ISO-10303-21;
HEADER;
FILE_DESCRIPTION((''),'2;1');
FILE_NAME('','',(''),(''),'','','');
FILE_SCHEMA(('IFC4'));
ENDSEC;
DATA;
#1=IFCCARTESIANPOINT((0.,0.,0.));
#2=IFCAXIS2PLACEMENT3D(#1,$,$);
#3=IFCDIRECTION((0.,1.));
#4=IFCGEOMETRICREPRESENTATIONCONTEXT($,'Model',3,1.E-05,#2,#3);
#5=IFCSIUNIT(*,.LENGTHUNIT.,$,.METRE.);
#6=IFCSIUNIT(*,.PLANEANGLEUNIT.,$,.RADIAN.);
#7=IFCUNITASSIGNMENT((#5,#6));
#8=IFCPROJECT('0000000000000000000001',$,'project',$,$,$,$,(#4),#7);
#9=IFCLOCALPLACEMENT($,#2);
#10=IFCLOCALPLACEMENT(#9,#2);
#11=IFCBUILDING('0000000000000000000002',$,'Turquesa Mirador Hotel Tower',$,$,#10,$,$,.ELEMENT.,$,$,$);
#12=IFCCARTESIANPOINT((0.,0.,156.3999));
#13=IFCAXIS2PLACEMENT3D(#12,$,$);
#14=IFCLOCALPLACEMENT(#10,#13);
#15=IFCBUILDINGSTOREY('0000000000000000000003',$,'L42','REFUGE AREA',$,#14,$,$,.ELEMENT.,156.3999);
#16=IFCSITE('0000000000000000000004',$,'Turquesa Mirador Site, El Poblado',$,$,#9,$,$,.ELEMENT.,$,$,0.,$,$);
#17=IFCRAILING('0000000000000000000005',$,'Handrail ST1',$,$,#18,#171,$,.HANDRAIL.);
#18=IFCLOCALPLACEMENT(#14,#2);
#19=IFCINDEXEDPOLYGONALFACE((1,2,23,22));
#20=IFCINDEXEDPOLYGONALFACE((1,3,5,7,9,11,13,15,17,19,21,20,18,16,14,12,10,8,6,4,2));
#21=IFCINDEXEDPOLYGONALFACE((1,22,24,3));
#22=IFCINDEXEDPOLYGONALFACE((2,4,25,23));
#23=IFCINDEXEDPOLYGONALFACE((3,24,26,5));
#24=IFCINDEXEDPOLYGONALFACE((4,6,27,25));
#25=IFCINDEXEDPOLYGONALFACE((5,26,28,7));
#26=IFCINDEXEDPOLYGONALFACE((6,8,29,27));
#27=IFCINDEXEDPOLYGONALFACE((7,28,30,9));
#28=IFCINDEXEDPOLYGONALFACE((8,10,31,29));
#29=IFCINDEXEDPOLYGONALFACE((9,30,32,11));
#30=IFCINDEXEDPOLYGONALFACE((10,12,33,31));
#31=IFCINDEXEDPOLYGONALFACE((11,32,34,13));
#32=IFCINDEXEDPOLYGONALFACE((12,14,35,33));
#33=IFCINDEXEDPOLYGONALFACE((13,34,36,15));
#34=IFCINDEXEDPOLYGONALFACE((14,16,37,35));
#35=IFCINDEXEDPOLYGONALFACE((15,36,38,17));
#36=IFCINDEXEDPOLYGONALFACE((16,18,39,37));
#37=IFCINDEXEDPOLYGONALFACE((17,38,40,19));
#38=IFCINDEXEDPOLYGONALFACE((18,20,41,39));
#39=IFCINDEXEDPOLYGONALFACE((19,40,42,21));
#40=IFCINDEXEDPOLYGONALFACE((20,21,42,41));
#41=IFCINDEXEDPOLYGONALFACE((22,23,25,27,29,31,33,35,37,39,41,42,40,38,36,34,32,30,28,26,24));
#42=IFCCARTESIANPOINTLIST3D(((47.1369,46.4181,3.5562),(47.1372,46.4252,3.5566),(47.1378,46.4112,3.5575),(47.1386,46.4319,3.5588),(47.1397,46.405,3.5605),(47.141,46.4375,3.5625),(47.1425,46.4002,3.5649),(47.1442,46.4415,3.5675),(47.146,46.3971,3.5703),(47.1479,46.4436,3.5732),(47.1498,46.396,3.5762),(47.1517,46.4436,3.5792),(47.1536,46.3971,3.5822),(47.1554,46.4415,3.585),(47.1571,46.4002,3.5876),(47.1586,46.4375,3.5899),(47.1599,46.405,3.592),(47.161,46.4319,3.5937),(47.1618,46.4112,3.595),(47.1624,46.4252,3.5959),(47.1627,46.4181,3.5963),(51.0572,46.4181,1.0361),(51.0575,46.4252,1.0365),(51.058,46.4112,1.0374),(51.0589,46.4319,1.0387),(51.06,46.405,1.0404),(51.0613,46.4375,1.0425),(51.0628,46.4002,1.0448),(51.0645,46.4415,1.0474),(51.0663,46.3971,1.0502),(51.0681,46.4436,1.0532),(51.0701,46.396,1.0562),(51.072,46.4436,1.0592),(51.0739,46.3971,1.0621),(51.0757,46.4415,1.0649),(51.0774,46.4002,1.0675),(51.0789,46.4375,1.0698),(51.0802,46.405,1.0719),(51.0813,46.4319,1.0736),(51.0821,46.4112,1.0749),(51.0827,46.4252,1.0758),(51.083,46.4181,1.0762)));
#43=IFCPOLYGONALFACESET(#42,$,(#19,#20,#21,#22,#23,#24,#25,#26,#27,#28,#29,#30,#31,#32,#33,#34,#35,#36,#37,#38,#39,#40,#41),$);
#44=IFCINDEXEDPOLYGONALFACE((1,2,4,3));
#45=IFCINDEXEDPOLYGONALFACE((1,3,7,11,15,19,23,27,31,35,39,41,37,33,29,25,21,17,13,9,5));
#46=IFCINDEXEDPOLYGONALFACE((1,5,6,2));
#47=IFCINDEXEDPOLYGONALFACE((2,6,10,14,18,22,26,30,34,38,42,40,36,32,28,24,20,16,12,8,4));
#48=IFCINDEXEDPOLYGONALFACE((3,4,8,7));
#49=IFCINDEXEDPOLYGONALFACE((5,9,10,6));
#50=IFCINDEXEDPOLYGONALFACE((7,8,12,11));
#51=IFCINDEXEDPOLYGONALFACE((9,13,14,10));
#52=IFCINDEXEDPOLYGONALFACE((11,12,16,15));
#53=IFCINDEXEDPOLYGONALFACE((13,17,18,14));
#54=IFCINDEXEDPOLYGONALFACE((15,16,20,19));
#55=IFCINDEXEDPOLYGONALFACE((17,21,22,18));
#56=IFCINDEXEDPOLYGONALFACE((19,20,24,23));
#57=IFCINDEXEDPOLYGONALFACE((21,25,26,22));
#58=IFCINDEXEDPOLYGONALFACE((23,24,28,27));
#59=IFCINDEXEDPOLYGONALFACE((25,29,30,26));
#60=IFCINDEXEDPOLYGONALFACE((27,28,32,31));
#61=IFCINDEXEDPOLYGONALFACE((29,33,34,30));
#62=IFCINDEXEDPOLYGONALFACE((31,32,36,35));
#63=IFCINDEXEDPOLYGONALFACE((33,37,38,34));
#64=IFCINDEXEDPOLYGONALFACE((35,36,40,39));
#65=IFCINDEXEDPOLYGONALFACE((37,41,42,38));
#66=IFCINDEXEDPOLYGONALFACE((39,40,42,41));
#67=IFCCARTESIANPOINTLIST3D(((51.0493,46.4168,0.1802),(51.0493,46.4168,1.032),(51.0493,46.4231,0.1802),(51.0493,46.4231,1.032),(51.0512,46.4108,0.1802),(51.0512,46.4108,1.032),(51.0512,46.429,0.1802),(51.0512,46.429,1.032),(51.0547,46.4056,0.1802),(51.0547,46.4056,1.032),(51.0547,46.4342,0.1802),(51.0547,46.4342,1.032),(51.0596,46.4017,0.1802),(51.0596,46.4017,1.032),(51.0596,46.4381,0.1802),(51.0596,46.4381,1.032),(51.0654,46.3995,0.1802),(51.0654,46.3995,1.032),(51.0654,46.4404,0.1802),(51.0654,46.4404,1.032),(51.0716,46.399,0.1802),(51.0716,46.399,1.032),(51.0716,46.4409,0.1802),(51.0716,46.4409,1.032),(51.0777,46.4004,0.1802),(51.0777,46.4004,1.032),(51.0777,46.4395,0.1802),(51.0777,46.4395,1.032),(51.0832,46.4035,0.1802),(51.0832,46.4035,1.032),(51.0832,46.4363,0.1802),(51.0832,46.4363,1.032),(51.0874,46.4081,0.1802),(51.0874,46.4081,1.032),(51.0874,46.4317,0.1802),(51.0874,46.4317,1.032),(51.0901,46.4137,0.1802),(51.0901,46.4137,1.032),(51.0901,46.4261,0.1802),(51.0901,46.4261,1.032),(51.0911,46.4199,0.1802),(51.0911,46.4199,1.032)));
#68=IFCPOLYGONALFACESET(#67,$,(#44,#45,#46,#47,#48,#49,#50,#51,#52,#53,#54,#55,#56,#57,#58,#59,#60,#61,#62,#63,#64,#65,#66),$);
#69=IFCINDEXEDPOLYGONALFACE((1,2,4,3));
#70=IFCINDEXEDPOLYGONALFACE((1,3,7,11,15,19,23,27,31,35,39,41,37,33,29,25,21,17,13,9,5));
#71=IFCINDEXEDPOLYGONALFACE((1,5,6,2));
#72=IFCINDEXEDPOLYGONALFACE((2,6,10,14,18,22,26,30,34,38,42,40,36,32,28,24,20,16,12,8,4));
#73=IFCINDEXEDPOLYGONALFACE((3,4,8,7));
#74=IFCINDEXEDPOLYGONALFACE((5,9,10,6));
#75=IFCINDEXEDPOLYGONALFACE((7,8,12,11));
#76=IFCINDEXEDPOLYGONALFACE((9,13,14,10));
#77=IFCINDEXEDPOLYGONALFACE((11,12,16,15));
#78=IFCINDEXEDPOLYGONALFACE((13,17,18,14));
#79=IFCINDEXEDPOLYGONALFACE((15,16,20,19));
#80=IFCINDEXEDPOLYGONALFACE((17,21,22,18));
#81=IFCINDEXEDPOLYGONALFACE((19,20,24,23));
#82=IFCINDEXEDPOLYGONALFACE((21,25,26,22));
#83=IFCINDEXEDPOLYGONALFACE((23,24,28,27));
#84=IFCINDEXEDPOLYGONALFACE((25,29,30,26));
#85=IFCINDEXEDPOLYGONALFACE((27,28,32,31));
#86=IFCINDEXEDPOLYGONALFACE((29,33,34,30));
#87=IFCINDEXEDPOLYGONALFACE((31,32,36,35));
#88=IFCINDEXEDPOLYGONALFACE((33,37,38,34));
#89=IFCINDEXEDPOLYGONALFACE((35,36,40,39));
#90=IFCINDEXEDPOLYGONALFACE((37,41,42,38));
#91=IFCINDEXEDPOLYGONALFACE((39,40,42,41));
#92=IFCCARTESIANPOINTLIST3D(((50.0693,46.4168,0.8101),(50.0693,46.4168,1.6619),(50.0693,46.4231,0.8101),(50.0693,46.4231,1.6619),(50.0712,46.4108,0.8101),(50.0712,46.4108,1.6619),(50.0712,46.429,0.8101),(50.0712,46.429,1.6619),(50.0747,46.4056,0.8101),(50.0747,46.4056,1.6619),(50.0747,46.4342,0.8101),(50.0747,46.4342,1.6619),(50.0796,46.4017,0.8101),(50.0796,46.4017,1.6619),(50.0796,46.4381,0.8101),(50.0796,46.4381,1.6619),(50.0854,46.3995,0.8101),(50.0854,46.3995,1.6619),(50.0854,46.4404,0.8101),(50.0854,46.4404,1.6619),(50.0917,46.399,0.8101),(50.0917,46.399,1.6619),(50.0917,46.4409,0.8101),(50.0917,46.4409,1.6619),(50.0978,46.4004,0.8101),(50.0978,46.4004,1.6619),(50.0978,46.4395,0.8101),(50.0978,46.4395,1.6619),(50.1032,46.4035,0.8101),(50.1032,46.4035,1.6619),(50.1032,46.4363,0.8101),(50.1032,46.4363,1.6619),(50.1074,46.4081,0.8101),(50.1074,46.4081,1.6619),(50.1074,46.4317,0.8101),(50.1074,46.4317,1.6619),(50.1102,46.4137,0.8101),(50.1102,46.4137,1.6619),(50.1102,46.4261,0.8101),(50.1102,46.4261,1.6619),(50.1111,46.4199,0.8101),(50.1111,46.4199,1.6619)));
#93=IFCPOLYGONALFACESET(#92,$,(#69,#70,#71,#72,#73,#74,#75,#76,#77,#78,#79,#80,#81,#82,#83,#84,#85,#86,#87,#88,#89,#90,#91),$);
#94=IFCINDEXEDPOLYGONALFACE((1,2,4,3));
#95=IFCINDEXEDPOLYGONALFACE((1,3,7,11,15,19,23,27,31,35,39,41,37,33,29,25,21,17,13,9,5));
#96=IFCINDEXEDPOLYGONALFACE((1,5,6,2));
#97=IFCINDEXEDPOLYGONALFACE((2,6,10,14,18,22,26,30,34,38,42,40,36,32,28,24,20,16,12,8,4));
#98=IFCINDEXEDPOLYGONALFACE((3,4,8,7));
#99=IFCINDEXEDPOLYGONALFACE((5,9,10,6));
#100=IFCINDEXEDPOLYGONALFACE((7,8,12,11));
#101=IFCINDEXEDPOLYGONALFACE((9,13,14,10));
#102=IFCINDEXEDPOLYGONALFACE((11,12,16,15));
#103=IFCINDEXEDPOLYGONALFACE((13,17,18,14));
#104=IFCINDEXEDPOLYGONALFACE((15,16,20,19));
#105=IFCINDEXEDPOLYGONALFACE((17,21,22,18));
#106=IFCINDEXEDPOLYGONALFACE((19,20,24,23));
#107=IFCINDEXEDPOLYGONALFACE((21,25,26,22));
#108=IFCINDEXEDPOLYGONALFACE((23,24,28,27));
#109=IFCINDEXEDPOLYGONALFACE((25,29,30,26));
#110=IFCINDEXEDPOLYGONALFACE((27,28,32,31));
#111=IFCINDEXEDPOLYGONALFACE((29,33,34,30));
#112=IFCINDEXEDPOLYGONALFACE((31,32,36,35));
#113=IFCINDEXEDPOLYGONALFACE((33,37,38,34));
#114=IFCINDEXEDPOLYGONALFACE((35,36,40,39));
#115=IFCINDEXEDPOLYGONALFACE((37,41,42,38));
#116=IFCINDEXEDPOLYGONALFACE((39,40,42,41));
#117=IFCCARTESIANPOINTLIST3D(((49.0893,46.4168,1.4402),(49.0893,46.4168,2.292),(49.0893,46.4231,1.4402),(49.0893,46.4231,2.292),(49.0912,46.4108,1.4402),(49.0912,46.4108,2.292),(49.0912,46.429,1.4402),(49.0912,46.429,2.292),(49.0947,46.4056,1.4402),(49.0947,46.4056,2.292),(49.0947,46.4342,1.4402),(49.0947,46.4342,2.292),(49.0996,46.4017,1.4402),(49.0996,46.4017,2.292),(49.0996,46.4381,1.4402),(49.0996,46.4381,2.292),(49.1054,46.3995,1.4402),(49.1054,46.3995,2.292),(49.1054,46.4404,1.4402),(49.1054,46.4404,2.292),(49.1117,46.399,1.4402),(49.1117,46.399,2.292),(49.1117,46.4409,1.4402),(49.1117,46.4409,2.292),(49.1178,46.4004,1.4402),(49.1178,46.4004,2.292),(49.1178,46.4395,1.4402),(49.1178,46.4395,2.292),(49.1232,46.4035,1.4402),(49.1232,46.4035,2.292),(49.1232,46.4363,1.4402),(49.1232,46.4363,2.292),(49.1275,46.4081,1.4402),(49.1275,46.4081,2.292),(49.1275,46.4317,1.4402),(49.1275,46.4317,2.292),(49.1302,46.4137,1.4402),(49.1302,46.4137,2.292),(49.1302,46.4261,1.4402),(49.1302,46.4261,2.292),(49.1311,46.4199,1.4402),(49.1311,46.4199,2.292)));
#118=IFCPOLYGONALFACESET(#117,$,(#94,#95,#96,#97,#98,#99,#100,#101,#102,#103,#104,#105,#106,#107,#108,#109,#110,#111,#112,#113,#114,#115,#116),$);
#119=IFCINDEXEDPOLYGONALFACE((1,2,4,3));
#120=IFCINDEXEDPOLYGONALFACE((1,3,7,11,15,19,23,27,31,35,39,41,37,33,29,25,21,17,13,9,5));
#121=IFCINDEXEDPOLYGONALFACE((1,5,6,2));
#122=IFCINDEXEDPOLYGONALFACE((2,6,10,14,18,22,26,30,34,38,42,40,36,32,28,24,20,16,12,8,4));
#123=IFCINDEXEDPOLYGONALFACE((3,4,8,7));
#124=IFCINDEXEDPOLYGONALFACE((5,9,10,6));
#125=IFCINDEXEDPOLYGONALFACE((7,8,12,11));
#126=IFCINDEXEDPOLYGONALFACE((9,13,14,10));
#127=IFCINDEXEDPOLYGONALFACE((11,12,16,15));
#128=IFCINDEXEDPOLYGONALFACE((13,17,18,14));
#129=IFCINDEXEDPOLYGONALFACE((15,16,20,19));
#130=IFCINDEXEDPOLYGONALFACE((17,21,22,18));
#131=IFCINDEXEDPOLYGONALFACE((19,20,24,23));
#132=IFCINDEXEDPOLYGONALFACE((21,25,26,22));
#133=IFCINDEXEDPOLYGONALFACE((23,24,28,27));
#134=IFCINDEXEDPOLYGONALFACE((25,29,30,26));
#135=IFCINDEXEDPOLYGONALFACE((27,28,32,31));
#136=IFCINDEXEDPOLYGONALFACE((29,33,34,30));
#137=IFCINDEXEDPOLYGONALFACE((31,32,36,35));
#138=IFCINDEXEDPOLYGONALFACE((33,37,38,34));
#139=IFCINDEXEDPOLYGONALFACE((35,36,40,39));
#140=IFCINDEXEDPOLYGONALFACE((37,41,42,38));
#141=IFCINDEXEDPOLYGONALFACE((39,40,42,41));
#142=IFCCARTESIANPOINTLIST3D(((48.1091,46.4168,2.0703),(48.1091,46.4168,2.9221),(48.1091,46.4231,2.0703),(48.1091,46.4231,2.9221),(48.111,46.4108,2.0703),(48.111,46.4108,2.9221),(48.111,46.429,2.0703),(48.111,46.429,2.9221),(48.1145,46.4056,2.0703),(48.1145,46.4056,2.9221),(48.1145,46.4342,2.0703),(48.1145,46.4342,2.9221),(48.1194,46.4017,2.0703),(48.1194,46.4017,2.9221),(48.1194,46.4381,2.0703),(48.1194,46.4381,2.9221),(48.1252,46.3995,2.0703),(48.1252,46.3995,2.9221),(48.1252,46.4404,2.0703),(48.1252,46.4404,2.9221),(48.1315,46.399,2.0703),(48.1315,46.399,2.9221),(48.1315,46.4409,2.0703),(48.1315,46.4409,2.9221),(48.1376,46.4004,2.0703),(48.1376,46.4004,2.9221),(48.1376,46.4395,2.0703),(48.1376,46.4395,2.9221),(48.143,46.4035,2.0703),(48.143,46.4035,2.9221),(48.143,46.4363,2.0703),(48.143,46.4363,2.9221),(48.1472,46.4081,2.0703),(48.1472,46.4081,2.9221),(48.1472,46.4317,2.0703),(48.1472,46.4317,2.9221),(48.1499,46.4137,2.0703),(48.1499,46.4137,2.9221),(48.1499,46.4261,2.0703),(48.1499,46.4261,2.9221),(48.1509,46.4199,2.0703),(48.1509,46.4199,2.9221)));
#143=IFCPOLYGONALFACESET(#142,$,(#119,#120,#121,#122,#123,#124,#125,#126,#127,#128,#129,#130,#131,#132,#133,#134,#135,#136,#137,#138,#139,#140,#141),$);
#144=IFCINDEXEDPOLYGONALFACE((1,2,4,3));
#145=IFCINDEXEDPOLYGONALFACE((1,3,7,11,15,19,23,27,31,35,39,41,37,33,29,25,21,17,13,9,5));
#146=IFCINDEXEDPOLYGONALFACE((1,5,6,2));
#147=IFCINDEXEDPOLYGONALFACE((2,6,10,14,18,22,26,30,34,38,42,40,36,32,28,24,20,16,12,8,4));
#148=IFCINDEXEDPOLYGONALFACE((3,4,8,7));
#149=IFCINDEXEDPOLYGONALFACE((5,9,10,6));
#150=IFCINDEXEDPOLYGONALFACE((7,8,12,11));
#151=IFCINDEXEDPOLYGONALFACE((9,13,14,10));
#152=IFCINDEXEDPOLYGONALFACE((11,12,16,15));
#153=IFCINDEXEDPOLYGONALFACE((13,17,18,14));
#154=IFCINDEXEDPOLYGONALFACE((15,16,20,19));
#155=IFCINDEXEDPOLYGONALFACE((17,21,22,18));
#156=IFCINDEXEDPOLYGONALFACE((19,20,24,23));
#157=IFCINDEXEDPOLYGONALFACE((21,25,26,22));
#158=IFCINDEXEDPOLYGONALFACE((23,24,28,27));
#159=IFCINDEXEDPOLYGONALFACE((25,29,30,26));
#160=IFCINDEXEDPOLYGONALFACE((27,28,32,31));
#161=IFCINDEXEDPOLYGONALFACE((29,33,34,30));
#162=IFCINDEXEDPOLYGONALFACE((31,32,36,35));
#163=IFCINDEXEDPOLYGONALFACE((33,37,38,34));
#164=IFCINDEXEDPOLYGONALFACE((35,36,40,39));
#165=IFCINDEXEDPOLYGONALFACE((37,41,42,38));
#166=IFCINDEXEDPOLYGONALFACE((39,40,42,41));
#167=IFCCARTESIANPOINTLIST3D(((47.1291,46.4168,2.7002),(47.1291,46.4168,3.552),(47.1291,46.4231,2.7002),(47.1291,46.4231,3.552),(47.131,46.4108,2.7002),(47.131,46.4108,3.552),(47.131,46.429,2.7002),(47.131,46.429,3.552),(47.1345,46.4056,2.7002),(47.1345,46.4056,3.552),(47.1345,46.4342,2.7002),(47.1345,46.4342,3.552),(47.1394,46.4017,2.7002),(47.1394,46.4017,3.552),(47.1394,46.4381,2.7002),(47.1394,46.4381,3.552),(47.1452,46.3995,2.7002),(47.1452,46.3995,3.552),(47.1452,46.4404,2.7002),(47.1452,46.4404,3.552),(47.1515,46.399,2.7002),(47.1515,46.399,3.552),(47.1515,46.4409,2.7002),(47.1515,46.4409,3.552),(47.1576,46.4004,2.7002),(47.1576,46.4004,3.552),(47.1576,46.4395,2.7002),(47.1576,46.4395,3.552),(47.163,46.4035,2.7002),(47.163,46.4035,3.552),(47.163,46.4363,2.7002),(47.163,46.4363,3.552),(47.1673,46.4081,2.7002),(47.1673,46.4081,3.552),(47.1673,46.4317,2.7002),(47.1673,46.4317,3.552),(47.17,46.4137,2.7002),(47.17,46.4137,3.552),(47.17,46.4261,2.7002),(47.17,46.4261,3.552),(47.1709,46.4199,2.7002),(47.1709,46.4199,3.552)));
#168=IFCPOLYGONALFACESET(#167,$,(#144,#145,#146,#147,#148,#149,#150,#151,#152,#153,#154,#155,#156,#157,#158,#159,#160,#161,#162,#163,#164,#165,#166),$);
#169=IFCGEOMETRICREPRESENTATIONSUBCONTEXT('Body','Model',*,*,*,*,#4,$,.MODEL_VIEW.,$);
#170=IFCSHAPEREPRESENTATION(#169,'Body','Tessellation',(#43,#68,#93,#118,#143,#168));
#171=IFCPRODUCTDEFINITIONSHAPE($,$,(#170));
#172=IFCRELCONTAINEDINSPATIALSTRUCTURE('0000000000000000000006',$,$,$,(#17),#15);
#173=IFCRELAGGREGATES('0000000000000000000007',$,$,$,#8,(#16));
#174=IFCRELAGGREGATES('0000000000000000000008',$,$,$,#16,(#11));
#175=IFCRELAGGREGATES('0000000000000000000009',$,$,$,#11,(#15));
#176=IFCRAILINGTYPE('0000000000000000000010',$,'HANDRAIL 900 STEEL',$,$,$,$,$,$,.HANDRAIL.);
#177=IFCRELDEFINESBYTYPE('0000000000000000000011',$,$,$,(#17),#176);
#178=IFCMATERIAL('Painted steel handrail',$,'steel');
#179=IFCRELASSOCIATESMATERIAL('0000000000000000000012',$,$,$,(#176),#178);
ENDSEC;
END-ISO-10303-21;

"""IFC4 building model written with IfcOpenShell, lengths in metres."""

from ifc_helpers import new_model, si_unit, direction, frame, origin, origin_2d, place, context, subcontext, project, spatial, circle, extrude, material, type_object, element, save


model = new_model("IFC4")

# Units and contexts
model_context = context("Model", 3, precision=1e-05, world=origin(), true_north=direction((0.0, 1.0)))
body_context = subcontext(model_context, "Body", "Model", "MODEL_VIEW")
ifc_project = project(units=[si_unit("LENGTHUNIT", "METRE"), si_unit("PLANEANGLEUNIT", "RADIAN")], contexts=[model_context])

# Site, building, storey
site_placement = place(None, origin())
site = spatial("IfcSite", under=ifc_project, at=site_placement, Name="Turquesa Mirador Site, El Poblado", CompositionType="ELEMENT", RefElevation=0.0)
building_placement = place(site_placement, origin())
building = spatial("IfcBuilding", under=site, at=building_placement, Name="Turquesa Mirador Hotel Tower", CompositionType="ELEMENT")
storey_placement = place(building_placement, frame((0.0, 0.0, 156.3999)))
storey = spatial("IfcBuildingStorey", under=building, at=storey_placement, Name="L42", Description="REFUGE AREA", CompositionType="ELEMENT", Elevation=156.3999)

# Railing
ifc_material_1 = material(Name="Painted steel handrail", Category="steel")
railing_type = type_object("IfcRailingType", Name="HANDRAIL 900 STEEL", PredefinedType="HANDRAIL", material=ifc_material_1)
for number, where, name in (
    (1, (51.0701, 46.4199, 0.1802), "Handrail ST1"),
):
    element("IfcRailing", number, at=place(storey_placement, frame(where)), inside=storey, type_object=railing_type, Name=name, PredefinedType="HANDRAIL", context=body_context, shape_type="SweptSolid", body=[
        extrude(circle(Radius=0.0239, at=origin_2d()), frame((0.0, 0.0, 0.876), z_axis=(-0.841187, 0.0, 0.540744), x_axis=(0.0, -1.0, 0.0)), (0.0, 0.0, 1.0), 4.6604),
        extrude(circle(Radius=0.021, at=origin_2d()), origin(), (0.0, 0.0, 1.0), 0.8518),
        extrude(circle(Radius=0.021, at=origin_2d()), frame((-0.98, 0.0, 0.6299)), (0.0, 0.0, 1.0), 0.8518),
        extrude(circle(Radius=0.021, at=origin_2d()), frame((-1.96, 0.0, 1.26)), (0.0, 0.0, 1.0), 0.8518),
        extrude(circle(Radius=0.021, at=origin_2d()), frame((-2.9402, 0.0, 1.8901)), (0.0, 0.0, 1.0), 0.8518),
        extrude(circle(Radius=0.021, at=origin_2d()), frame((-3.9202, 0.0, 2.52)), (0.0, 0.0, 1.0), 0.8518),
    ])

save(model, "model.ifc")
